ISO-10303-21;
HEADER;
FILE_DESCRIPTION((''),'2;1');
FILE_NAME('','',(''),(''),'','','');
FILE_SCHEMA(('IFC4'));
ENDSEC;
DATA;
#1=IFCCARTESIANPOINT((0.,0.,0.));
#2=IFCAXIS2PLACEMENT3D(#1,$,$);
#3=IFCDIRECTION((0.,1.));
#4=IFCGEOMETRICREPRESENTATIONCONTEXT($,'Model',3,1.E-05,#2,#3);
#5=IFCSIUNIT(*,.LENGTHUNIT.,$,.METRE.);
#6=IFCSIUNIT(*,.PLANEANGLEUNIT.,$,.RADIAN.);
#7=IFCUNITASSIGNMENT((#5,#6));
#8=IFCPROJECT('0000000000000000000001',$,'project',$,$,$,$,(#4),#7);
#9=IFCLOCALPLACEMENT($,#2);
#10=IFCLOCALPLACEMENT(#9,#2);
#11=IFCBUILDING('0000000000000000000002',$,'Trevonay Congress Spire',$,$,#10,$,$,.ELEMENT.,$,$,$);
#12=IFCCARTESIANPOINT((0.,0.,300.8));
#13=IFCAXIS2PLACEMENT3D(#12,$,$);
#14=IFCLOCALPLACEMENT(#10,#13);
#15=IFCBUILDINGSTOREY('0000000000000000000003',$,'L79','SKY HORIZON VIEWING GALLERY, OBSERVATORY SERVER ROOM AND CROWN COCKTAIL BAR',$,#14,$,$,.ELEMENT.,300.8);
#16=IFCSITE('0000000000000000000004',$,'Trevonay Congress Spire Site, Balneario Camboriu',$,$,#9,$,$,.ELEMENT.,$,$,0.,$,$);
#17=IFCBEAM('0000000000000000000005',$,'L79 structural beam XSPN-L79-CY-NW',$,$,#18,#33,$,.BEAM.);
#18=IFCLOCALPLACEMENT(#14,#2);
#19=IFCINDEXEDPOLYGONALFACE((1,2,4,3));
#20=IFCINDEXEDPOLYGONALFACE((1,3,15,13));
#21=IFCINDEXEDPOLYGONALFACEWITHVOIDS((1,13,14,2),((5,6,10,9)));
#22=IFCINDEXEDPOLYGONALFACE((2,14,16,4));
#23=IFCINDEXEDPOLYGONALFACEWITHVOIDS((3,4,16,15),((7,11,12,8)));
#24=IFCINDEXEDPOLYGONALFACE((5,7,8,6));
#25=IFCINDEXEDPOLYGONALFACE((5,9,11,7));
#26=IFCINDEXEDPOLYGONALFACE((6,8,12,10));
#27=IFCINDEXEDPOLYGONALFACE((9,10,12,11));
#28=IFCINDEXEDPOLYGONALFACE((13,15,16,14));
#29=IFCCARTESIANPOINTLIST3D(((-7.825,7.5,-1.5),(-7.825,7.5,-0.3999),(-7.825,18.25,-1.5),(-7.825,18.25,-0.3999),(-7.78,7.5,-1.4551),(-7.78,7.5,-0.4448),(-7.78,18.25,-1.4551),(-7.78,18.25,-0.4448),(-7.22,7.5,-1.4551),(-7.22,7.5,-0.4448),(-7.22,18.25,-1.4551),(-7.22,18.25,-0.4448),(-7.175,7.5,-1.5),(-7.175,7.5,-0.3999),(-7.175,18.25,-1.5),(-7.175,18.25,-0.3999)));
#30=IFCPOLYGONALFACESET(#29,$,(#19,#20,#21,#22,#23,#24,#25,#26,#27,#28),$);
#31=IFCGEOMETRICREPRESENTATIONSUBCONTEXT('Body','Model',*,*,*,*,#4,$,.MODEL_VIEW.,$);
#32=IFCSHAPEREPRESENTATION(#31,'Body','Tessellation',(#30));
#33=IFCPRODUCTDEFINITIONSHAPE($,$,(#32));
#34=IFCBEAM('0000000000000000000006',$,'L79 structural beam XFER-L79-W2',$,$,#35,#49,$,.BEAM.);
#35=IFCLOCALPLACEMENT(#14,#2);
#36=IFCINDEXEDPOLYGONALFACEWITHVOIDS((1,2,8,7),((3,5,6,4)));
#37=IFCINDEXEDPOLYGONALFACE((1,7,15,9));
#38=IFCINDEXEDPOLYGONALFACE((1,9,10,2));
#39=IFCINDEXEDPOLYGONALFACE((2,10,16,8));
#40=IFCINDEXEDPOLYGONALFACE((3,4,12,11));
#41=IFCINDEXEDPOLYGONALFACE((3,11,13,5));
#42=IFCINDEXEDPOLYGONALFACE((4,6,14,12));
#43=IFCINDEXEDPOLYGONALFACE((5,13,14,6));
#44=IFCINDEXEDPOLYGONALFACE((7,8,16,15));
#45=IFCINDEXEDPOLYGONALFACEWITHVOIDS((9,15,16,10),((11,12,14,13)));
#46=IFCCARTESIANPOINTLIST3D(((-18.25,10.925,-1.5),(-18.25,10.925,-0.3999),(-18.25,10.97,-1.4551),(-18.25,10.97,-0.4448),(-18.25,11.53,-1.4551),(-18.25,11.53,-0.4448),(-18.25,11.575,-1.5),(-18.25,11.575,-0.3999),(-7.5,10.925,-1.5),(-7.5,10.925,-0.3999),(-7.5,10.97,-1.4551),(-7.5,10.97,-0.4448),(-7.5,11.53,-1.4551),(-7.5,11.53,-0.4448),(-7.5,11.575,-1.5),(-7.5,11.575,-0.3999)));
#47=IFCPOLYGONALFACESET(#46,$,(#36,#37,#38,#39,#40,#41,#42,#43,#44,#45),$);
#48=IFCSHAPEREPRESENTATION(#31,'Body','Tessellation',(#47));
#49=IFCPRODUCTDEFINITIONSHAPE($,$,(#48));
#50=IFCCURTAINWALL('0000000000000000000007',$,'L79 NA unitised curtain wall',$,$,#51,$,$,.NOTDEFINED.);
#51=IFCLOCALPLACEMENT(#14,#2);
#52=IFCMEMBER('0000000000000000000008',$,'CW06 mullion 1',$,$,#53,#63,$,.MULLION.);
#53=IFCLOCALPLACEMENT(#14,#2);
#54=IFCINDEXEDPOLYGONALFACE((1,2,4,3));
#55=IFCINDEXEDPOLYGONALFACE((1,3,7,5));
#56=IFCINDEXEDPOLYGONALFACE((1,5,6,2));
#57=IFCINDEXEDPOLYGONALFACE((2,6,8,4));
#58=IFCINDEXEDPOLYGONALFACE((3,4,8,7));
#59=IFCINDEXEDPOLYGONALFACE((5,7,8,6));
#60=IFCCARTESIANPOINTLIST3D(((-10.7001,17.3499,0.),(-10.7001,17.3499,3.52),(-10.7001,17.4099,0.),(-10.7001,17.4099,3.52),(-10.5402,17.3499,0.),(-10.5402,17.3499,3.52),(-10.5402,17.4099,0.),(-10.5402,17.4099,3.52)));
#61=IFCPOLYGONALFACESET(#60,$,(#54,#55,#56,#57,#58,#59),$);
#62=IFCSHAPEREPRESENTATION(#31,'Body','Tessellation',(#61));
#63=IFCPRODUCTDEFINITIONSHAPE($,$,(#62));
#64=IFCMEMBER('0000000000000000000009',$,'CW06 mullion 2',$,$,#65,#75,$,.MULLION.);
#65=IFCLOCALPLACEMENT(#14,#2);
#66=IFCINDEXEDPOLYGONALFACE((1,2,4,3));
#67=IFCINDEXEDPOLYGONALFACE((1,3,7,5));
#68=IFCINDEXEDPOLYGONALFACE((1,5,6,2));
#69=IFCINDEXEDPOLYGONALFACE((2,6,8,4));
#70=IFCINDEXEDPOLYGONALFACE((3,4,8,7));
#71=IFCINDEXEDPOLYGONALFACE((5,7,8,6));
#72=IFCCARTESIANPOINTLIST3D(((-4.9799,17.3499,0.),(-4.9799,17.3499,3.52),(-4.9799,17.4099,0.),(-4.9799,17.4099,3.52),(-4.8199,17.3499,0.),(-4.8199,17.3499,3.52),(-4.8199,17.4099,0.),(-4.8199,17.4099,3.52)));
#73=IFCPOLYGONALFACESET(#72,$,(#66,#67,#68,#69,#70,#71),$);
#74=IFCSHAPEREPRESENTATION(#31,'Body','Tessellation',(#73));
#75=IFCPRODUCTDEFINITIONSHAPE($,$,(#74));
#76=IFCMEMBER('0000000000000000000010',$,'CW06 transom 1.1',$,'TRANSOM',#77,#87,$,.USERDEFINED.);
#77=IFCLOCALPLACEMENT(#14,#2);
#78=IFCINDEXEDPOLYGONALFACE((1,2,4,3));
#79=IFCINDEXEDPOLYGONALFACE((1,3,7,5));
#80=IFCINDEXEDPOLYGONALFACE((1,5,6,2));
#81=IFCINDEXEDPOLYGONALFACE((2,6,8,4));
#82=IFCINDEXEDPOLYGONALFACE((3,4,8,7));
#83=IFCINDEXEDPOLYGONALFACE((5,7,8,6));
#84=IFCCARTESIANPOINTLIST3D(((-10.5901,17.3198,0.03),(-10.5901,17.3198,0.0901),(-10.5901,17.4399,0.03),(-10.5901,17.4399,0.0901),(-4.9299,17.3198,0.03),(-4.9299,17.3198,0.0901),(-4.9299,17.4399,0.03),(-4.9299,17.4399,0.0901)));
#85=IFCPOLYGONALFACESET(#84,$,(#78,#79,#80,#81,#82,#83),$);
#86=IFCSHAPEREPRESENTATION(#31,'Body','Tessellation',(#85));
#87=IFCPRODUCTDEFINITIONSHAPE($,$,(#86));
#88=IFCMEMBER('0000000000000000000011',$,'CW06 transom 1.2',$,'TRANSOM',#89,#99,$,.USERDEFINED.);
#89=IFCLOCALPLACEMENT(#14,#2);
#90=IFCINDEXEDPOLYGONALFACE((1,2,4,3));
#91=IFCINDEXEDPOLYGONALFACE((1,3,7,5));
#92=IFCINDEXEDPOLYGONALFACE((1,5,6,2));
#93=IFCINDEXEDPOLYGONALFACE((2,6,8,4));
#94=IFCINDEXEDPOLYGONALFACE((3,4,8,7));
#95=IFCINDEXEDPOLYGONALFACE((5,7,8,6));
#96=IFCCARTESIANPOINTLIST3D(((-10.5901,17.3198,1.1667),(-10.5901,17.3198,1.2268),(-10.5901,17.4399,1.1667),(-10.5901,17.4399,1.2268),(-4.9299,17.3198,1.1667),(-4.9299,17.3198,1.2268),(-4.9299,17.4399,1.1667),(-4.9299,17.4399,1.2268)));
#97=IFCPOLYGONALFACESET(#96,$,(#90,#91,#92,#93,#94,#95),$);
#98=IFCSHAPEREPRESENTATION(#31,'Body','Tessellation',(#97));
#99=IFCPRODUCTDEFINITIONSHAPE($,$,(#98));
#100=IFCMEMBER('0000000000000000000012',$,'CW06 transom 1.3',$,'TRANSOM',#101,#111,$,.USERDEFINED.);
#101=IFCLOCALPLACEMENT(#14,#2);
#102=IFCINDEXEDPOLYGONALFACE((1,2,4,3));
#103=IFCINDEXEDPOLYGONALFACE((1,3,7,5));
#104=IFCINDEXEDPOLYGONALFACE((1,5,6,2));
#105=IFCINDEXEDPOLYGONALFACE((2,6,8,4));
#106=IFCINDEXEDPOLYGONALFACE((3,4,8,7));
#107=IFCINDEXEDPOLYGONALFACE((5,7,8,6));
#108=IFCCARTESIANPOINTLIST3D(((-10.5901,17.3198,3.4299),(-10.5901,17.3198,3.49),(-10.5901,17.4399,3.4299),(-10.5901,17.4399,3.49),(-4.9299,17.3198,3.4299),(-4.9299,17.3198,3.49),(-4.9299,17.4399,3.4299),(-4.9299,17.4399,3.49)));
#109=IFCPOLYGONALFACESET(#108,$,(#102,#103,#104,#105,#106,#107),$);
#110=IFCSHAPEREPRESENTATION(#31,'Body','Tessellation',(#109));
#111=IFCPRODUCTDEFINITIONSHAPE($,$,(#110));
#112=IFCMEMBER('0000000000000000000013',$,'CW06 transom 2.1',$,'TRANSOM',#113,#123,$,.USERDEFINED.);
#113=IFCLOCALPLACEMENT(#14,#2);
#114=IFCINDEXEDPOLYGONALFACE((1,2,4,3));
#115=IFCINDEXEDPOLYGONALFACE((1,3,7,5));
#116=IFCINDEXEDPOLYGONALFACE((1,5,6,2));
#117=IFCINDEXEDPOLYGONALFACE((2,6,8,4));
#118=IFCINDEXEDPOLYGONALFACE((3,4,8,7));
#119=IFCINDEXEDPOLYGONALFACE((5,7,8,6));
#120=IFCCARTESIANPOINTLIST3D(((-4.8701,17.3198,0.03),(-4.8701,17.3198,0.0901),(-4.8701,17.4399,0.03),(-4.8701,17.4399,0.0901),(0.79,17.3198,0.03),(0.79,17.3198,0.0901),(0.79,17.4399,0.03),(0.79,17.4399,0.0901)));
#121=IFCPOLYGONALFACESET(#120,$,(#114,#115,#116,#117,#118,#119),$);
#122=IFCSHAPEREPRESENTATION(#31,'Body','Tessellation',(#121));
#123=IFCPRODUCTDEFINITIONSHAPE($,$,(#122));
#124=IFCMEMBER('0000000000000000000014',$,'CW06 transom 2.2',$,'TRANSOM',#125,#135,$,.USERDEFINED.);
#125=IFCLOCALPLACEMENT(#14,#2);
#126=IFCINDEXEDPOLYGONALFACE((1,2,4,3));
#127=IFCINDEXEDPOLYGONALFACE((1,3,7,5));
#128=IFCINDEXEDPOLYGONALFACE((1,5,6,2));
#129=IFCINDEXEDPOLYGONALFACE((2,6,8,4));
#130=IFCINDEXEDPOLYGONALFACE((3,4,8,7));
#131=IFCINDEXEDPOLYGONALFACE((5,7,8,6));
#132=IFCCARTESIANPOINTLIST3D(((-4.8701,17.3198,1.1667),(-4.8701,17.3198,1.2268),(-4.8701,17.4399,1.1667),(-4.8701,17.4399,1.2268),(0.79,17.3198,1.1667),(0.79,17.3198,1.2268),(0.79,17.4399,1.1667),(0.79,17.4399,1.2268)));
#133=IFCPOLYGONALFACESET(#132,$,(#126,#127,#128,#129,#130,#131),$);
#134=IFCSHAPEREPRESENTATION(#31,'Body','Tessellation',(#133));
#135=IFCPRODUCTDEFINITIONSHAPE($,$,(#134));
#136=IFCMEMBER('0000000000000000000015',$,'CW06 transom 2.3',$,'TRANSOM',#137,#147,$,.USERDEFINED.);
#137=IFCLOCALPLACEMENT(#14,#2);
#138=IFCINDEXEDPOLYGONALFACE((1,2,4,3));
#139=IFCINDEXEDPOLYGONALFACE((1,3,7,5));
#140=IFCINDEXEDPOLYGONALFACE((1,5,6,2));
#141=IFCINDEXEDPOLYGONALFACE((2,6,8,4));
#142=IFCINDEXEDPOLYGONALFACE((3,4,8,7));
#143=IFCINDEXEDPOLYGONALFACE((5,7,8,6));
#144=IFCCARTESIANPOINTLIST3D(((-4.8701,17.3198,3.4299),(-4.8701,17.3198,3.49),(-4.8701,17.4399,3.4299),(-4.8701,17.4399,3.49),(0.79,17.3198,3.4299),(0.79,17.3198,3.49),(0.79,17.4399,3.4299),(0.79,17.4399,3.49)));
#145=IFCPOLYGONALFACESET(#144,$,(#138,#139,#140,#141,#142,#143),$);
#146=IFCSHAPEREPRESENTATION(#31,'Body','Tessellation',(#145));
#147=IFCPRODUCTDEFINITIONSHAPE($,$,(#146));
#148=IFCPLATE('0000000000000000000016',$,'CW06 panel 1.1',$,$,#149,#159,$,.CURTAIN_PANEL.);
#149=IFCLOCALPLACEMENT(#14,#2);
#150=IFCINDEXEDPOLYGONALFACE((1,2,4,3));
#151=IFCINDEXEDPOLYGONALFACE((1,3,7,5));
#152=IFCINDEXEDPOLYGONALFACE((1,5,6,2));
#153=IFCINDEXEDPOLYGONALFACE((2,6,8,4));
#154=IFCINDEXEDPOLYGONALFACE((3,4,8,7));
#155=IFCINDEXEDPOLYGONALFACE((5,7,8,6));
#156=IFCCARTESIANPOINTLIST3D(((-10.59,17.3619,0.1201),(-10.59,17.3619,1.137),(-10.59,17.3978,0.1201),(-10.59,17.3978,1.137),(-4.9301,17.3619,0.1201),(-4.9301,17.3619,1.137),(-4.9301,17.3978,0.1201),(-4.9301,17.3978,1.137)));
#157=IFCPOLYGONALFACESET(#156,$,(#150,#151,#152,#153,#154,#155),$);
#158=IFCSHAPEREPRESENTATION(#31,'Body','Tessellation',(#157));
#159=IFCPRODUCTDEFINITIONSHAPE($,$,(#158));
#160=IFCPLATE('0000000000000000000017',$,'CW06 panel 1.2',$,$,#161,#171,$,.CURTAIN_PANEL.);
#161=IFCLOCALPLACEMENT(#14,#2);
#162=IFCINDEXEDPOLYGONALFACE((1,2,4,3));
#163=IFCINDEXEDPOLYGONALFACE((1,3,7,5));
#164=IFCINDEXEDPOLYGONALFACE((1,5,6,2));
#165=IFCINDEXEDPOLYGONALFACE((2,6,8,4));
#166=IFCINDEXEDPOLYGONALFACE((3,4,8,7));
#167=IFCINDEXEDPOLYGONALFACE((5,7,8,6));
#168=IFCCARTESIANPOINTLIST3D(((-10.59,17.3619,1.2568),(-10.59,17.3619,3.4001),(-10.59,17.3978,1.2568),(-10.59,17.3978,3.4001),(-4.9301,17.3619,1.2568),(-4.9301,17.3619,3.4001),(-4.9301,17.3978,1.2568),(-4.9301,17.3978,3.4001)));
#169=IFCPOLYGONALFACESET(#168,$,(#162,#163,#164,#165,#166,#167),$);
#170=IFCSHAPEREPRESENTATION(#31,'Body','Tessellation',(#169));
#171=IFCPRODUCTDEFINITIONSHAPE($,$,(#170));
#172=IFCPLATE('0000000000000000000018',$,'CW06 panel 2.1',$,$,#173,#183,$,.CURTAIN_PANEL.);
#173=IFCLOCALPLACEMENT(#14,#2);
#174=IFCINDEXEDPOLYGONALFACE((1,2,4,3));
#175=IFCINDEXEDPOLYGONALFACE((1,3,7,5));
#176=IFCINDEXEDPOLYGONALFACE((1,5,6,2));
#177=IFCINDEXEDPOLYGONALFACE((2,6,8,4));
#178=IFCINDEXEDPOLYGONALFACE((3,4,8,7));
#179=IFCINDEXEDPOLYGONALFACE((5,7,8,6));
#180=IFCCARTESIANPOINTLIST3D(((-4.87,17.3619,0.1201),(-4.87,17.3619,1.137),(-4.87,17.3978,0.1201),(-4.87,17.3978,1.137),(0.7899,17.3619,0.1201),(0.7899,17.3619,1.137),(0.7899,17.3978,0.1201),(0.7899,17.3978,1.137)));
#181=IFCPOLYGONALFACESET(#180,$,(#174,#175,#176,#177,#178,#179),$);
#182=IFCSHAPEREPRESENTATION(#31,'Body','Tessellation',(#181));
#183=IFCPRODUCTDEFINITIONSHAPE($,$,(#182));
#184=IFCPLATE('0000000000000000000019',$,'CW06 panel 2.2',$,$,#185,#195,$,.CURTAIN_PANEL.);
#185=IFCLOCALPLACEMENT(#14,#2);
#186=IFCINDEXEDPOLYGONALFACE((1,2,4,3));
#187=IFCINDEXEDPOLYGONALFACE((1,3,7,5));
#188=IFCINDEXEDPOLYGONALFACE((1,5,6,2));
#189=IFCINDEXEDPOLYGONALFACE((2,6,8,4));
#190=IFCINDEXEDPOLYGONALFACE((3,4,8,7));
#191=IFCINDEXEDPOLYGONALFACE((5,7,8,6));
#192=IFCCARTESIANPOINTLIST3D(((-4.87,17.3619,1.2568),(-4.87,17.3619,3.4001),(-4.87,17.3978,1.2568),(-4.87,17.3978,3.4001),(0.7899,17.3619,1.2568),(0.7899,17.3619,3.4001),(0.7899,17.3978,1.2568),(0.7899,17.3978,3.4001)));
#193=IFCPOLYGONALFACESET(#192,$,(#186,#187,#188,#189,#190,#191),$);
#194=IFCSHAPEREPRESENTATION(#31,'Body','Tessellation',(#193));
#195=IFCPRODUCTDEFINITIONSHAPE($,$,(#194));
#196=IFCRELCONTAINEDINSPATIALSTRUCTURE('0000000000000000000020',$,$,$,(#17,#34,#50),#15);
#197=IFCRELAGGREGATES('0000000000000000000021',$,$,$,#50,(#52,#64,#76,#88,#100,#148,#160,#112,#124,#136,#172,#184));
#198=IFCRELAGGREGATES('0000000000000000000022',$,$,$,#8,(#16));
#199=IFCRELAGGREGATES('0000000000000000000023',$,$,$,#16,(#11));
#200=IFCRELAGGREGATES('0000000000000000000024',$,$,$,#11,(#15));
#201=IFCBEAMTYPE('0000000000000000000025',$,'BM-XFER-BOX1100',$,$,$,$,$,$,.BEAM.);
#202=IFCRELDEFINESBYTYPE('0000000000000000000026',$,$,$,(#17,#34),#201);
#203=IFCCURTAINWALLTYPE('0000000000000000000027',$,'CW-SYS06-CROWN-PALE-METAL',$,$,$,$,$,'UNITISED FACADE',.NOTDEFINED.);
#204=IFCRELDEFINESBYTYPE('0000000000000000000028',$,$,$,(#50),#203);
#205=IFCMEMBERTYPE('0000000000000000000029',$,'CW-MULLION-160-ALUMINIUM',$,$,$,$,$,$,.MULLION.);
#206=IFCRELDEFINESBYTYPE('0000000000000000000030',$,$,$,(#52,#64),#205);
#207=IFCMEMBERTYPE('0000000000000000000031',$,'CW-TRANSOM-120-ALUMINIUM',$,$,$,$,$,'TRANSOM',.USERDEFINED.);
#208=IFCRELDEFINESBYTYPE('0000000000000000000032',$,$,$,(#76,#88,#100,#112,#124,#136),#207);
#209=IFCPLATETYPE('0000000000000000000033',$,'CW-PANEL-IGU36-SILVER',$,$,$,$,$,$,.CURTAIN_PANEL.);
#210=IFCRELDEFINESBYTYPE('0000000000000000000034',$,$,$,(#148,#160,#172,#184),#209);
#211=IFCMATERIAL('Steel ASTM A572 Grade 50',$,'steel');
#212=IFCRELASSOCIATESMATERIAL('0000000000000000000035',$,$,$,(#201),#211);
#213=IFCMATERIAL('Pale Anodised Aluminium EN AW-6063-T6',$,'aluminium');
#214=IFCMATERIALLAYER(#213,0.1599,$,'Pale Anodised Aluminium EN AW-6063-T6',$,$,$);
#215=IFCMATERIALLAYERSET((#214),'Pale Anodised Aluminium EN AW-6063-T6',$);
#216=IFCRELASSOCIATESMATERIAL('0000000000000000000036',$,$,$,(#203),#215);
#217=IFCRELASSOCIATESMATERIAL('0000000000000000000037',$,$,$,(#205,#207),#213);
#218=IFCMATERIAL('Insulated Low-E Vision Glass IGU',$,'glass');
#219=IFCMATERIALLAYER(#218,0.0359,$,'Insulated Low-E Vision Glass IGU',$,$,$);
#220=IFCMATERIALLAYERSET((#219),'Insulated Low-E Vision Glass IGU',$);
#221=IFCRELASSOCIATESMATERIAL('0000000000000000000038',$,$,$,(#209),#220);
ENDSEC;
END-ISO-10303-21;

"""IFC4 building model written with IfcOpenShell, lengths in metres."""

from ifc_helpers import new_model, si_unit, direction, frame, origin, origin_2d, place, context, subcontext, project, spatial, rectangle, hollow_rectangle, extrude, material, layer, layer_set, material_profile, profile_set, type_object, element, aggregate, save


model = new_model("IFC4")

# Units and contexts
model_context = context("Model", 3, precision=1e-05, world=origin(), true_north=direction((0.0, 1.0)))
body_context = subcontext(model_context, "Body", "Model", "MODEL_VIEW")
ifc_project = project(units=[si_unit("LENGTHUNIT", "METRE"), si_unit("PLANEANGLEUNIT", "RADIAN")], contexts=[model_context])

# Site, building, storey
site_placement = place(None, origin())
site = spatial("IfcSite", under=ifc_project, at=site_placement, Name="Trevonay Congress Spire Site, Balneario Camboriu", CompositionType="ELEMENT", RefElevation=0.0)
building_placement = place(site_placement, origin())
building = spatial("IfcBuilding", under=site, at=building_placement, Name="Trevonay Congress Spire", CompositionType="ELEMENT")
storey_placement = place(building_placement, frame((0.0, 0.0, 300.8)))
storey = spatial("IfcBuildingStorey", under=building, at=storey_placement, Name="L79", Description="SKY HORIZON VIEWING GALLERY, OBSERVATORY SERVER ROOM AND CROWN COCKTAIL BAR", CompositionType="ELEMENT", Elevation=300.8)

# Shared definitions
ifc_material_1 = material(Name="Steel ASTM A572 Grade 50", Category="steel")

# Beams
ifc_material_profile_1 = material_profile(ifc_material_1, hollow_rectangle(XDim=0.6499, YDim=1.1001, WallThickness=0.0449, at=origin_2d()), Name="BOX 1100x650x45")
ifc_profile_set_1 = profile_set([ifc_material_profile_1], Name="Steel ASTM A572 Grade 50")
beam_type_1 = type_object("IfcBeamType", Name="BM-XFER-BOX1100", PredefinedType="BEAM", material=ifc_profile_set_1)
for number, where, z_axis, x_axis, name in (
    (1, (-7.5, 7.5, -0.95), (0.0, 1.0, 0.0), (-1.0, 0.0, 0.0), "L79 structural beam XSPN-L79-CY-NW"),
    (2, (-7.5, 11.25, -0.95), (-1.0, 0.0, 0.0), (0.0, -1.0, 0.0), "L79 structural beam XFER-L79-W2"),
):
    element("IfcBeam", number, at=place(storey_placement, frame(where, z_axis=z_axis, x_axis=x_axis)), inside=storey, type_object=beam_type_1, Name=name, PredefinedType="BEAM", context=body_context, shape_type="SweptSolid", body=[
        extrude(hollow_rectangle(XDim=0.6499, YDim=1.1001, WallThickness=0.0449, at=origin_2d()), origin(), (0.0, 0.0, 1.0), 10.75),
    ])

# Curtain wall, members, plates
ifc_material_2 = material(Name="Pale Anodised Aluminium EN AW-6063-T6", Category="aluminium")
ifc_layer_1 = layer(ifc_material_2, 0.1599, Name="Pale Anodised Aluminium EN AW-6063-T6")
ifc_layer_set_1 = layer_set([ifc_layer_1], Name="Pale Anodised Aluminium EN AW-6063-T6")
curtain_wall_type = type_object("IfcCurtainWallType", Name="CW-SYS06-CROWN-PALE-METAL", ElementType="UNITISED FACADE", PredefinedType="NOTDEFINED", material=ifc_layer_set_1)
curtain_wall_placement = place(storey_placement, origin())
curtain_wall = element("IfcCurtainWall", 3, at=curtain_wall_placement, inside=storey, type_object=curtain_wall_type, Name="L79 NA unitised curtain wall", PredefinedType="NOTDEFINED")
ifc_material_profile_2 = material_profile(ifc_material_2, rectangle(XDim=0.0601, YDim=0.1599, at=origin_2d()), Name="CW-MULLION-160-ALUMINIUM")
ifc_profile_set_2 = profile_set([ifc_material_profile_2], Name="Pale Anodised Aluminium EN AW-6063-T6")
member_type_1 = type_object("IfcMemberType", Name="CW-MULLION-160-ALUMINIUM", PredefinedType="MULLION", material=ifc_profile_set_2)
member_1_placement = place(storey_placement, frame((-10.6201, 17.3799, 0.0), z_axis=(0.0, 0.0, 1.0), x_axis=(0.0, 1.0, 0.0)))
member_1 = element("IfcMember", 4, at=member_1_placement, type_object=member_type_1, Name="CW06 mullion 1", PredefinedType="MULLION", context=body_context, shape_type="SweptSolid", body=[
    extrude(rectangle(XDim=0.0601, YDim=0.1599, at=origin_2d()), origin(), (0.0, 0.0, 1.0), 3.52),
])
member_2_placement = place(storey_placement, frame((-4.8999, 17.3799, 0.0), z_axis=(0.0, 0.0, 1.0), x_axis=(0.0, 1.0, 0.0)))
member_2 = element("IfcMember", 5, at=member_2_placement, type_object=member_type_1, Name="CW06 mullion 2", PredefinedType="MULLION", context=body_context, shape_type="SweptSolid", body=[
    extrude(rectangle(XDim=0.0601, YDim=0.1599, at=origin_2d()), origin(), (0.0, 0.0, 1.0), 3.52),
])
ifc_material_profile_3 = material_profile(ifc_material_2, rectangle(XDim=0.1201, YDim=0.0601, at=origin_2d()), Name="CW-TRANSOM-120-ALUMINIUM")
ifc_profile_set_3 = profile_set([ifc_material_profile_3], Name="Pale Anodised Aluminium EN AW-6063-T6")
member_type_2 = type_object("IfcMemberType", Name="CW-TRANSOM-120-ALUMINIUM", ElementType="TRANSOM", PredefinedType="USERDEFINED", material=ifc_profile_set_3)
member_3_placement = place(storey_placement, frame((-10.5901, 17.3799, 0.0601), z_axis=(1.0, 0.0, 0.0), x_axis=(0.0, 1.0, 0.0)))
member_3 = element("IfcMember", 6, at=member_3_placement, type_object=member_type_2, Name="CW06 transom 1.1", ObjectType="TRANSOM", PredefinedType="USERDEFINED", context=body_context, shape_type="SweptSolid", body=[
    extrude(rectangle(XDim=0.1201, YDim=0.0601, at=origin_2d()), origin(), (0.0, 0.0, 1.0), 5.6602),
])
member_4_placement = place(storey_placement, frame((-10.5901, 17.3799, 1.1968), z_axis=(1.0, 0.0, 0.0), x_axis=(0.0, 1.0, 0.0)))
member_4 = element("IfcMember", 7, at=member_4_placement, type_object=member_type_2, Name="CW06 transom 1.2", ObjectType="TRANSOM", PredefinedType="USERDEFINED", context=body_context, shape_type="SweptSolid", body=[
    extrude(rectangle(XDim=0.1201, YDim=0.0601, at=origin_2d()), origin(), (0.0, 0.0, 1.0), 5.6602),
])
member_5_placement = place(storey_placement, frame((-10.5901, 17.3799, 3.46), z_axis=(1.0, 0.0, 0.0), x_axis=(0.0, 1.0, 0.0)))
member_5 = element("IfcMember", 8, at=member_5_placement, type_object=member_type_2, Name="CW06 transom 1.3", ObjectType="TRANSOM", PredefinedType="USERDEFINED", context=body_context, shape_type="SweptSolid", body=[
    extrude(rectangle(XDim=0.1201, YDim=0.0601, at=origin_2d()), origin(), (0.0, 0.0, 1.0), 5.6602),
])
member_6_placement = place(storey_placement, frame((-4.8701, 17.3799, 0.0601), z_axis=(1.0, 0.0, 0.0), x_axis=(0.0, 1.0, 0.0)))
member_6 = element("IfcMember", 9, at=member_6_placement, type_object=member_type_2, Name="CW06 transom 2.1", ObjectType="TRANSOM", PredefinedType="USERDEFINED", context=body_context, shape_type="SweptSolid", body=[
    extrude(rectangle(XDim=0.1201, YDim=0.0601, at=origin_2d()), origin(), (0.0, 0.0, 1.0), 5.6602),
])
member_7_placement = place(storey_placement, frame((-4.8701, 17.3799, 1.1968), z_axis=(1.0, 0.0, 0.0), x_axis=(0.0, 1.0, 0.0)))
member_7 = element("IfcMember", 10, at=member_7_placement, type_object=member_type_2, Name="CW06 transom 2.2", ObjectType="TRANSOM", PredefinedType="USERDEFINED", context=body_context, shape_type="SweptSolid", body=[
    extrude(rectangle(XDim=0.1201, YDim=0.0601, at=origin_2d()), origin(), (0.0, 0.0, 1.0), 5.6602),
])
member_8_placement = place(storey_placement, frame((-4.8701, 17.3799, 3.46), z_axis=(1.0, 0.0, 0.0), x_axis=(0.0, 1.0, 0.0)))
member_8 = element("IfcMember", 11, at=member_8_placement, type_object=member_type_2, Name="CW06 transom 2.3", ObjectType="TRANSOM", PredefinedType="USERDEFINED", context=body_context, shape_type="SweptSolid", body=[
    extrude(rectangle(XDim=0.1201, YDim=0.0601, at=origin_2d()), origin(), (0.0, 0.0, 1.0), 5.6602),
])
ifc_material_3 = material(Name="Insulated Low-E Vision Glass IGU", Category="glass")
ifc_layer_2 = layer(ifc_material_3, 0.0359, Name="Insulated Low-E Vision Glass IGU")
ifc_layer_set_2 = layer_set([ifc_layer_2], Name="Insulated Low-E Vision Glass IGU")
plate_type = type_object("IfcPlateType", Name="CW-PANEL-IGU36-SILVER", PredefinedType="CURTAIN_PANEL", material=ifc_layer_set_2)
plate_1_placement = place(storey_placement, frame((-7.76, 17.3799, 0.1201), z_axis=(0.0, 0.0, 1.0), x_axis=(1.0, 0.0, 0.0)))
plate_1 = element("IfcPlate", 12, at=plate_1_placement, type_object=plate_type, Name="CW06 panel 1.1", PredefinedType="CURTAIN_PANEL", context=body_context, shape_type="SweptSolid", body=[
    extrude(rectangle(XDim=5.6599, YDim=0.0359, at=origin_2d()), origin(), (0.0, 0.0, 1.0), 1.0168),
])
plate_2_placement = place(storey_placement, frame((-7.76, 17.3799, 1.2568), z_axis=(0.0, 0.0, 1.0), x_axis=(1.0, 0.0, 0.0)))
plate_2 = element("IfcPlate", 13, at=plate_2_placement, type_object=plate_type, Name="CW06 panel 1.2", PredefinedType="CURTAIN_PANEL", context=body_context, shape_type="SweptSolid", body=[
    extrude(rectangle(XDim=5.6599, YDim=0.0359, at=origin_2d()), origin(), (0.0, 0.0, 1.0), 2.1433),
])
plate_3_placement = place(storey_placement, frame((-2.04, 17.3799, 0.1201), z_axis=(0.0, 0.0, 1.0), x_axis=(1.0, 0.0, 0.0)))
plate_3 = element("IfcPlate", 14, at=plate_3_placement, type_object=plate_type, Name="CW06 panel 2.1", PredefinedType="CURTAIN_PANEL", context=body_context, shape_type="SweptSolid", body=[
    extrude(rectangle(XDim=5.6599, YDim=0.0359, at=origin_2d()), origin(), (0.0, 0.0, 1.0), 1.0168),
])
plate_4_placement = place(storey_placement, frame((-2.04, 17.3799, 1.2568), z_axis=(0.0, 0.0, 1.0), x_axis=(1.0, 0.0, 0.0)))
plate_4 = element("IfcPlate", 15, at=plate_4_placement, type_object=plate_type, Name="CW06 panel 2.2", PredefinedType="CURTAIN_PANEL", context=body_context, shape_type="SweptSolid", body=[
    extrude(rectangle(XDim=5.6599, YDim=0.0359, at=origin_2d()), origin(), (0.0, 0.0, 1.0), 2.1433),
])
aggregate(curtain_wall, [member_1, member_2, member_3, member_4, member_5, plate_1, plate_2, member_6, member_7, member_8, plate_3, plate_4])

save(model, "model.ifc")
